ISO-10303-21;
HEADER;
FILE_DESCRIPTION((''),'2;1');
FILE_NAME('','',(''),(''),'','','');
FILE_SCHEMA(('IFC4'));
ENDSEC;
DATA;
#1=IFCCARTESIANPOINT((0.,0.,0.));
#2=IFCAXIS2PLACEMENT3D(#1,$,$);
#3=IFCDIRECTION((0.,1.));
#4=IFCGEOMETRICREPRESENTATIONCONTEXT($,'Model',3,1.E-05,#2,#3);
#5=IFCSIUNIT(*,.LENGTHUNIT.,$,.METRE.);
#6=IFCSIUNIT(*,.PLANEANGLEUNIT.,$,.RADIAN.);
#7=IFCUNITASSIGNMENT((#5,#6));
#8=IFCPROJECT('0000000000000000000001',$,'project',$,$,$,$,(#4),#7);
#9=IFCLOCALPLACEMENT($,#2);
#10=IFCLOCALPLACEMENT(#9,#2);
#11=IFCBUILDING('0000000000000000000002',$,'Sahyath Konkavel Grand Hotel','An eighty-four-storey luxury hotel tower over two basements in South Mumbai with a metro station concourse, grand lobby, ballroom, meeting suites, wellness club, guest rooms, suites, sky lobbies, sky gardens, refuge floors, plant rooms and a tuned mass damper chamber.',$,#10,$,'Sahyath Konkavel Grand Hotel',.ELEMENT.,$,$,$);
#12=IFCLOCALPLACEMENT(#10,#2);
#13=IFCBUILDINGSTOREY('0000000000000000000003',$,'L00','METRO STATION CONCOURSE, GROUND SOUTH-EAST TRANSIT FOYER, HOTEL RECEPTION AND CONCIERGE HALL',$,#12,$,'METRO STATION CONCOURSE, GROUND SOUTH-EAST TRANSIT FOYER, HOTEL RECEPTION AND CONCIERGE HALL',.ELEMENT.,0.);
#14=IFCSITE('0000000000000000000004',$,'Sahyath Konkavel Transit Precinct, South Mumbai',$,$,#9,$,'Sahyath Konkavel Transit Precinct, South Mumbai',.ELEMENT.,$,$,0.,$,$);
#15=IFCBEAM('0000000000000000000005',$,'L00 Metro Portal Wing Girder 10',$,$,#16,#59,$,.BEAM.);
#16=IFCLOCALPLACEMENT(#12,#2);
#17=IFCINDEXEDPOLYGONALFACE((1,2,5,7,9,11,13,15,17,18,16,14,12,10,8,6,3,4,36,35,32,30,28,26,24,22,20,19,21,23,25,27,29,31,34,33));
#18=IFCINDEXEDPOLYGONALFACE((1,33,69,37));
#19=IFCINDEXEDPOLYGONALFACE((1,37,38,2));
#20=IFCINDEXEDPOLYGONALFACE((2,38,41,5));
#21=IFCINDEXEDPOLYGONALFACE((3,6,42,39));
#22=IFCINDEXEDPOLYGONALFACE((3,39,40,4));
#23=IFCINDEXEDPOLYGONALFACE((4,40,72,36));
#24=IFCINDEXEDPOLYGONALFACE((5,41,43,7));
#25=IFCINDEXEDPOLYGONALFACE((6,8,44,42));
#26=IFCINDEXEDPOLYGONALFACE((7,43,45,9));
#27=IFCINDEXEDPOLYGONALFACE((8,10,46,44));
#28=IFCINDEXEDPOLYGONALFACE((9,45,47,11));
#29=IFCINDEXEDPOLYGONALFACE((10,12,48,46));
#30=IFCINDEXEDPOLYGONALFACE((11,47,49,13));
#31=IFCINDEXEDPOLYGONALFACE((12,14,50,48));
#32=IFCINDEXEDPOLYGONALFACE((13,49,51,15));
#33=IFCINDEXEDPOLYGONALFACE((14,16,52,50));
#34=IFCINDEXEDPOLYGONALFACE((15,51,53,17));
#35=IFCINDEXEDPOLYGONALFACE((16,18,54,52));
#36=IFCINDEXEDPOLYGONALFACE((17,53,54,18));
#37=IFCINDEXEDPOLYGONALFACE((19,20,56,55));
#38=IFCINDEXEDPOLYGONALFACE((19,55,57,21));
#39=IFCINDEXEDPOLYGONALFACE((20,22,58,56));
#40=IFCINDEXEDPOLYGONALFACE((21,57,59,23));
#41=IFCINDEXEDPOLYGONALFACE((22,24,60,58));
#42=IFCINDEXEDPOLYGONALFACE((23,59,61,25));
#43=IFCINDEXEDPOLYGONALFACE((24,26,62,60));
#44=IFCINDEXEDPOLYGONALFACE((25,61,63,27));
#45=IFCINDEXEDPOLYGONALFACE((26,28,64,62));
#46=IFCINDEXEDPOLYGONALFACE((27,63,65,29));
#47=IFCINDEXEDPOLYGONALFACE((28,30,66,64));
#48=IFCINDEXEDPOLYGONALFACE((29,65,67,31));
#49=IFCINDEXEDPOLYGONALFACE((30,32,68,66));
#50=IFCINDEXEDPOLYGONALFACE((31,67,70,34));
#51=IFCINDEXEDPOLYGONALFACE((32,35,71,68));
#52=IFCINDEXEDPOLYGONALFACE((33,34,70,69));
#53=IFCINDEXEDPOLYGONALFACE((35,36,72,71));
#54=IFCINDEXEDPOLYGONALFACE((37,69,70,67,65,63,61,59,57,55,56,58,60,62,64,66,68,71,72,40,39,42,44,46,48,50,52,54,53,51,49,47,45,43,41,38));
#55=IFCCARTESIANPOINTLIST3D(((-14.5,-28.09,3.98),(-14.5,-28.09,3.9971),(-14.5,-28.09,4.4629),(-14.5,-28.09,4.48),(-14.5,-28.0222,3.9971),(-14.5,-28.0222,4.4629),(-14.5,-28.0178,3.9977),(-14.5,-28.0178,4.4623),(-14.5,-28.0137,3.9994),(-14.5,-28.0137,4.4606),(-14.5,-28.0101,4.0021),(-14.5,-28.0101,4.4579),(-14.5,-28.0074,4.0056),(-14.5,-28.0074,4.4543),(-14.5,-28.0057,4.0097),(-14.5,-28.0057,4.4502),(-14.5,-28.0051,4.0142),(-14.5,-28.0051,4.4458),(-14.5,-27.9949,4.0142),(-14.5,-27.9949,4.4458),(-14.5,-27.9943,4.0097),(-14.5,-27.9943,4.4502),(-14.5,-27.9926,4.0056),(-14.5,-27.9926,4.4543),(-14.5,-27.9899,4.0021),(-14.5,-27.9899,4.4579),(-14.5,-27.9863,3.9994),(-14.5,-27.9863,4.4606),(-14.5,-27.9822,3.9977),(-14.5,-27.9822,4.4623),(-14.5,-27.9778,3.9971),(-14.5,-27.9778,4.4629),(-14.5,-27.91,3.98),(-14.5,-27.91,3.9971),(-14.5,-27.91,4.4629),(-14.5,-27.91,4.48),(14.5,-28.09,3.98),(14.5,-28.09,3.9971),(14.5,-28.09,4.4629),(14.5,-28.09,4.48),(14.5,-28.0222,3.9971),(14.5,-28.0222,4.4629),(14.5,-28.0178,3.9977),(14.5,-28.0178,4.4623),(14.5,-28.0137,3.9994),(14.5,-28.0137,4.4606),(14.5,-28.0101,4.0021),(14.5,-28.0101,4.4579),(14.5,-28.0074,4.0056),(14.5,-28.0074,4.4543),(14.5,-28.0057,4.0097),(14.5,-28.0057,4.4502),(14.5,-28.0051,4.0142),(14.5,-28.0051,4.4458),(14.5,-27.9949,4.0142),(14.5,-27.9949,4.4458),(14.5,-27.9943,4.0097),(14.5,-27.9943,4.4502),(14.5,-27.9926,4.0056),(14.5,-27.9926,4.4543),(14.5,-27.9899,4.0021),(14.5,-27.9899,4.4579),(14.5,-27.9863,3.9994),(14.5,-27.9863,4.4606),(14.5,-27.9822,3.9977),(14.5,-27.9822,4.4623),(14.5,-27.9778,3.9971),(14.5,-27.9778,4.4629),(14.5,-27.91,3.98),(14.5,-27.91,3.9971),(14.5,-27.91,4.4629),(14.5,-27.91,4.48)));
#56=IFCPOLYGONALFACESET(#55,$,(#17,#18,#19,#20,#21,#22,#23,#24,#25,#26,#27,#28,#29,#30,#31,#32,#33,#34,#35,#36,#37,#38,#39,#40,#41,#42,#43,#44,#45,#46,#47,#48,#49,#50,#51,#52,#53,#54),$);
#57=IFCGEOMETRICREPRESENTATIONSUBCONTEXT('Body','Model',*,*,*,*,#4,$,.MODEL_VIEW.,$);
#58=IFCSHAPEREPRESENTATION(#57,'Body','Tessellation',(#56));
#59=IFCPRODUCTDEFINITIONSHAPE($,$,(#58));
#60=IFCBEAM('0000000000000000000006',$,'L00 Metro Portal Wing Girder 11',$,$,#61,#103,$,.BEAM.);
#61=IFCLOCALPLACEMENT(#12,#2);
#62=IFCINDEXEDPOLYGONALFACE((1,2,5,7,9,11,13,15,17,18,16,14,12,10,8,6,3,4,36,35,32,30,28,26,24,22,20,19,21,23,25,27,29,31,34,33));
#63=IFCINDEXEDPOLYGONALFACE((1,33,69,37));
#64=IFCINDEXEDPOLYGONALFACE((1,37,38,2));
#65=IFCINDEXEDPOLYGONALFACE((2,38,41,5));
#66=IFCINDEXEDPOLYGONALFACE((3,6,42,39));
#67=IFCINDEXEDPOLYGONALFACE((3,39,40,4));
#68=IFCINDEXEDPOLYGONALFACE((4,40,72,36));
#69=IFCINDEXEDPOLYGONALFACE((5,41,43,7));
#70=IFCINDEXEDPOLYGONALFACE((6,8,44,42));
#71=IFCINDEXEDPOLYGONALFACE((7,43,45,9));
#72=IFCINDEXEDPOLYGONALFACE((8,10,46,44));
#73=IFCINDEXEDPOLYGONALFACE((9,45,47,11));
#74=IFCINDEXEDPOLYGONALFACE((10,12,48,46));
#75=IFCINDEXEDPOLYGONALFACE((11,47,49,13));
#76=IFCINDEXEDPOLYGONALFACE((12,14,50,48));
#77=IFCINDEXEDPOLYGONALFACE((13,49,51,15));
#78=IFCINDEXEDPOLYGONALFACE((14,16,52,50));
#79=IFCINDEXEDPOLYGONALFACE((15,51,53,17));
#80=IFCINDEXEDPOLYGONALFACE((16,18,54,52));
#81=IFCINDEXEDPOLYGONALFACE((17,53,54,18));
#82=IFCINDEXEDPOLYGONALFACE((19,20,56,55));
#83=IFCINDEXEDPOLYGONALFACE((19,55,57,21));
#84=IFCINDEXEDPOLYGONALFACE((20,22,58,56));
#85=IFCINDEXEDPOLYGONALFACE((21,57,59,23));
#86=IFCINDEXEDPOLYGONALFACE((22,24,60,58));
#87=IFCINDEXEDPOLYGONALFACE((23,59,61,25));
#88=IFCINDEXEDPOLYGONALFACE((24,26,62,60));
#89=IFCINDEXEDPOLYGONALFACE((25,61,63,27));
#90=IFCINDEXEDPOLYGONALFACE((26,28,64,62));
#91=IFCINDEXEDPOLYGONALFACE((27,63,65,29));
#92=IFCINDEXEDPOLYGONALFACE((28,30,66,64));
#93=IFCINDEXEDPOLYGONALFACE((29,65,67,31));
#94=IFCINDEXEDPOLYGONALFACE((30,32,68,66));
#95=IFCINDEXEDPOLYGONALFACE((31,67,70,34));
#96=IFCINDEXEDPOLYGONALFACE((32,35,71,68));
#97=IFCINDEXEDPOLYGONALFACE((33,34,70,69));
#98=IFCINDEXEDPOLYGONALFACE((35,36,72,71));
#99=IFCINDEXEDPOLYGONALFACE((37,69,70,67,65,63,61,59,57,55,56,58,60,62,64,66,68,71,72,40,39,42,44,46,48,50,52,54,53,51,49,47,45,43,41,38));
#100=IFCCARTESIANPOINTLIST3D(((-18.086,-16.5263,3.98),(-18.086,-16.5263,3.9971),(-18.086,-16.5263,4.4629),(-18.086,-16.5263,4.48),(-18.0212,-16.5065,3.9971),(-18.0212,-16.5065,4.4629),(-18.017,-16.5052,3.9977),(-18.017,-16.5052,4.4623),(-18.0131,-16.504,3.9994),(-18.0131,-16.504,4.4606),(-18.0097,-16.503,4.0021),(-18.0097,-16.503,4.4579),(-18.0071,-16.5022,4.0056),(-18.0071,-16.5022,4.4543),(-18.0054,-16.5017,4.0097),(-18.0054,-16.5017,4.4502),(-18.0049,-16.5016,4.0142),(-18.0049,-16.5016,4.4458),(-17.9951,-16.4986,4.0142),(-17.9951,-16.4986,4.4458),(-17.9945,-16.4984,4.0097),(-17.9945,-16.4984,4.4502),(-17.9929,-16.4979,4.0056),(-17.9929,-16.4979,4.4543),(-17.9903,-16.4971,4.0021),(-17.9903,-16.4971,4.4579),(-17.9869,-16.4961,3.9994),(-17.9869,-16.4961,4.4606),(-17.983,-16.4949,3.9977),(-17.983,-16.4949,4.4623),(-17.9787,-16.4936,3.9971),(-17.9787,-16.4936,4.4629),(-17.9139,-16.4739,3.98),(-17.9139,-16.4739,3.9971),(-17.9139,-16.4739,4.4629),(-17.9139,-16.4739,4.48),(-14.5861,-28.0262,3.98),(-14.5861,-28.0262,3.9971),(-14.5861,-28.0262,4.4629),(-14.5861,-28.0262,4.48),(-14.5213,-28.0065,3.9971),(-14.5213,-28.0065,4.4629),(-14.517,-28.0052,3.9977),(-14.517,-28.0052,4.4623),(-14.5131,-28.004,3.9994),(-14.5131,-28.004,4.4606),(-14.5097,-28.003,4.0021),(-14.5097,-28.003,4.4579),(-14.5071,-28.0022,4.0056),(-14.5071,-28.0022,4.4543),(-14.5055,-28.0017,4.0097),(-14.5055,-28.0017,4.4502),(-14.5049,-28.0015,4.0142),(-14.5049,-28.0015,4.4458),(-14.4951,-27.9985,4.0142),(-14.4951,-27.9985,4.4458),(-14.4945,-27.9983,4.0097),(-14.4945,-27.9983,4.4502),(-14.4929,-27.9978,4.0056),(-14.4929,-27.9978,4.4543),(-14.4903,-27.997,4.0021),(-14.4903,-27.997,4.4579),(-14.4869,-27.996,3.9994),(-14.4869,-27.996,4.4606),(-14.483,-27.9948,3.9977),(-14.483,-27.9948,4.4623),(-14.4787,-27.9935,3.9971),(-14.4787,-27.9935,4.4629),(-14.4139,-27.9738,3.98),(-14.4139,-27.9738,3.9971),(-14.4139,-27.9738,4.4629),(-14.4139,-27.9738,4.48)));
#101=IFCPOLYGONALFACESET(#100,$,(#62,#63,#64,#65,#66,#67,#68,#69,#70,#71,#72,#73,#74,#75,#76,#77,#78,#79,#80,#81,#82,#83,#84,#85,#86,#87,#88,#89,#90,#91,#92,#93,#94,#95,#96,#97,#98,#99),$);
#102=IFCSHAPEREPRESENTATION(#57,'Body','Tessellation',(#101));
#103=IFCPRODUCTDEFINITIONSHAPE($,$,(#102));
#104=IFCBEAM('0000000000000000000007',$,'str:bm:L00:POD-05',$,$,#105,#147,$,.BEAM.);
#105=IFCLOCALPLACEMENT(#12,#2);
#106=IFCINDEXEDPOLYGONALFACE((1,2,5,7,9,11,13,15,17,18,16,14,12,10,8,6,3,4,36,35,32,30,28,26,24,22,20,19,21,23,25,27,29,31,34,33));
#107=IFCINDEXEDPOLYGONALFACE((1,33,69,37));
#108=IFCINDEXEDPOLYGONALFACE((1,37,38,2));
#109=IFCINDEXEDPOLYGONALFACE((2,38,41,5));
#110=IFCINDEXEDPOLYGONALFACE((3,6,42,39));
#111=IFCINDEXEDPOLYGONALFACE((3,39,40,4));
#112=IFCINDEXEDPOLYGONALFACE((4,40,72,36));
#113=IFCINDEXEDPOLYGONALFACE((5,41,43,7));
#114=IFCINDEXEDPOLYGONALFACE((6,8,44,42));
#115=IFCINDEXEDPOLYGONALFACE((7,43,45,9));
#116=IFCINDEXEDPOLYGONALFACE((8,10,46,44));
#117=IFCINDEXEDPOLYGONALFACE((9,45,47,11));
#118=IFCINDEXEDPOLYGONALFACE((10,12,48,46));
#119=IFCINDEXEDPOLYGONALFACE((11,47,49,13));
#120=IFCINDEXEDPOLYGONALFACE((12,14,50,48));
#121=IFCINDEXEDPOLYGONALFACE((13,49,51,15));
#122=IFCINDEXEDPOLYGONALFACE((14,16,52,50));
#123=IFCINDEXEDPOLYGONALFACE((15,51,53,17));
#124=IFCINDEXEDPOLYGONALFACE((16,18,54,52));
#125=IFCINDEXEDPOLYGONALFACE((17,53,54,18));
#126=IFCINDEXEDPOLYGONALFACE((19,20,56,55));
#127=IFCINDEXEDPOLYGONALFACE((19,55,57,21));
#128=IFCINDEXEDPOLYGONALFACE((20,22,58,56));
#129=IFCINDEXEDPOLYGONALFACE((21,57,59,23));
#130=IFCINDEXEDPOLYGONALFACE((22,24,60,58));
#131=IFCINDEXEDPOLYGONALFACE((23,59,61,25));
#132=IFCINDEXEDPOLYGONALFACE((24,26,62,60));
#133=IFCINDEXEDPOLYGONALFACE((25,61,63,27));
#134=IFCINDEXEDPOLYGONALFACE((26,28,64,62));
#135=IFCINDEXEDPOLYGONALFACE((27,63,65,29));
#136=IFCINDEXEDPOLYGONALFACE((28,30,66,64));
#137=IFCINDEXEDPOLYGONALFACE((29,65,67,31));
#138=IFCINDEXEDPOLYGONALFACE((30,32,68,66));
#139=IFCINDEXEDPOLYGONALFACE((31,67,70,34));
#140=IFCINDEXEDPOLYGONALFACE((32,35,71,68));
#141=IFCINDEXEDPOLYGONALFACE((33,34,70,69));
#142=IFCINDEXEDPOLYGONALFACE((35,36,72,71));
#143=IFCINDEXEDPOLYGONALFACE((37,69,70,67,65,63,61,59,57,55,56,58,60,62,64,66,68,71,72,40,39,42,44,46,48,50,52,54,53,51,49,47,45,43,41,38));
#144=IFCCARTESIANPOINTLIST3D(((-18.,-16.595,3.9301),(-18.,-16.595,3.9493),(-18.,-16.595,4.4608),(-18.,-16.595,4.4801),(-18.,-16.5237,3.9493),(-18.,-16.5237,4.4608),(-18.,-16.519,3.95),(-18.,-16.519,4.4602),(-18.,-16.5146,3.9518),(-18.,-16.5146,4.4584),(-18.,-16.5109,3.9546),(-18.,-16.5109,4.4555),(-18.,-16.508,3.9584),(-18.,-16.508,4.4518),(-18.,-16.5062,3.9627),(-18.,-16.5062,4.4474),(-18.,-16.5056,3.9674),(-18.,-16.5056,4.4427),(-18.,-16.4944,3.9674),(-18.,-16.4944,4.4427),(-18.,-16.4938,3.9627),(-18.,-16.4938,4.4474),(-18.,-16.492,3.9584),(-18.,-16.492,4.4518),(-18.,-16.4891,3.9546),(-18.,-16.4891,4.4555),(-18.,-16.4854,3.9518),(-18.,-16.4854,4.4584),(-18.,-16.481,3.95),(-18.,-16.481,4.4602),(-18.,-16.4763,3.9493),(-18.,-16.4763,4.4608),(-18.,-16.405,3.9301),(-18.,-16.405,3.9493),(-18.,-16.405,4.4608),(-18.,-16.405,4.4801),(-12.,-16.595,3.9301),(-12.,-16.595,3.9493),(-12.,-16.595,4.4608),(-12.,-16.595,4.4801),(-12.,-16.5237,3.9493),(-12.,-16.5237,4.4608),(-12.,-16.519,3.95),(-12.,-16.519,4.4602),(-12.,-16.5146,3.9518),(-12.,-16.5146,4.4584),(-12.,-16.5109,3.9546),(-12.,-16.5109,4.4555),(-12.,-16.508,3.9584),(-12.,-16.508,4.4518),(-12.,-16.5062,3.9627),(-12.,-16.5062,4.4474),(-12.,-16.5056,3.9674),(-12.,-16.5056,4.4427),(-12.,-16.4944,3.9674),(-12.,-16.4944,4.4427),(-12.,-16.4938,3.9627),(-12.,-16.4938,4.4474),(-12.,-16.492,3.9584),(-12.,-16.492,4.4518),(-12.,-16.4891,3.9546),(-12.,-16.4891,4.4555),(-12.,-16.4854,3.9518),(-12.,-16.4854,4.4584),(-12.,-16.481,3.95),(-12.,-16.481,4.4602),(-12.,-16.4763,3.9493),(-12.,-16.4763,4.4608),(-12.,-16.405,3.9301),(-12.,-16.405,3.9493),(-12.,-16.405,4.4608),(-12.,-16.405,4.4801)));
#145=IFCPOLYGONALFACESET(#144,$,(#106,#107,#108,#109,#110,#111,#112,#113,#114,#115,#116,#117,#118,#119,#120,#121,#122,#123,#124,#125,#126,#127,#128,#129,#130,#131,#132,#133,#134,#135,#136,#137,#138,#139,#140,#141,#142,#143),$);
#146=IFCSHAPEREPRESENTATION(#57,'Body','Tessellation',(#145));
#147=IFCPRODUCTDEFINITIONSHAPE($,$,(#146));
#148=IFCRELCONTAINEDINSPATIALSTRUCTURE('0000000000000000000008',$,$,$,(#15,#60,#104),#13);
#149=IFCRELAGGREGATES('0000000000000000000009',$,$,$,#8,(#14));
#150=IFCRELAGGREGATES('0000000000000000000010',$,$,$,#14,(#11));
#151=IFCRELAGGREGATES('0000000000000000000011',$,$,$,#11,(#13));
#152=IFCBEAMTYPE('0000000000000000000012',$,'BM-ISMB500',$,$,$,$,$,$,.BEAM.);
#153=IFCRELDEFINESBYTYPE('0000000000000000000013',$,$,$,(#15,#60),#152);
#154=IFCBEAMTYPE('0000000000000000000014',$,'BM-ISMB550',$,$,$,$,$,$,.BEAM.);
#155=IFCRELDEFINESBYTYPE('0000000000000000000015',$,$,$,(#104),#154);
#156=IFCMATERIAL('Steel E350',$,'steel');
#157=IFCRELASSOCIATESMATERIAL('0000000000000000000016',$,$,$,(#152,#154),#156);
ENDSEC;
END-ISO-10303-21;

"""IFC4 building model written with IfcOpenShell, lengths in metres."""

from ifc_helpers import new_model, si_unit, direction, frame, origin, origin_2d, place, context, subcontext, project, spatial, i_section, extrude, source, transform, mapped, material, material_profile, profile_set, type_object, element, save


model = new_model("IFC4")

# Units and contexts
model_context = context("Model", 3, precision=1e-05, world=origin(), true_north=direction((0.0, 1.0)))
body_context = subcontext(model_context, "Body", "Model", "MODEL_VIEW")
ifc_project = project(units=[si_unit("LENGTHUNIT", "METRE"), si_unit("PLANEANGLEUNIT", "RADIAN")], contexts=[model_context])

# Site, building, storey
site_placement = place(None, origin())
site = spatial("IfcSite", under=ifc_project, at=site_placement, Name="Sahyath Konkavel Transit Precinct, South Mumbai", LongName="Sahyath Konkavel Transit Precinct, South Mumbai", CompositionType="ELEMENT", RefElevation=0.0)
building_placement = place(site_placement, origin())
building = spatial("IfcBuilding", under=site, at=building_placement, Name="Sahyath Konkavel Grand Hotel", Description="An eighty-four-storey luxury hotel tower over two basements in South Mumbai with a metro station concourse, grand lobby, ballroom, meeting suites, wellness club, guest rooms, suites, sky lobbies, sky gardens, refuge floors, plant rooms and a tuned mass damper chamber.", LongName="Sahyath Konkavel Grand Hotel", CompositionType="ELEMENT")
storey_placement = place(building_placement, origin())
storey = spatial("IfcBuildingStorey", under=building, at=storey_placement, Name="L00", Description="METRO STATION CONCOURSE, GROUND SOUTH-EAST TRANSIT FOYER, HOTEL RECEPTION AND CONCIERGE HALL", LongName="METRO STATION CONCOURSE, GROUND SOUTH-EAST TRANSIT FOYER, HOTEL RECEPTION AND CONCIERGE HALL", CompositionType="ELEMENT", Elevation=0.0)

# Shared definitions
ifc_material_1 = material(Name="Steel E350", Category="steel")

# Beams
ifc_material_profile_1 = material_profile(ifc_material_1, i_section(OverallWidth=0.1799, OverallDepth=0.5, WebThickness=0.0103, FlangeThickness=0.0171, FilletRadius=0.0171, at=origin_2d()), Name="ISMB 500")
ifc_profile_set_1 = profile_set([ifc_material_profile_1], Name="Steel E350")
beam_type_1 = type_object("IfcBeamType", Name="BM-ISMB500", PredefinedType="BEAM", material=ifc_profile_set_1)
shared_shape_1 = source(origin(), body_context, "Body", "SweptSolid", [
    extrude(i_section(OverallWidth=0.1799, OverallDepth=0.5, WebThickness=0.0103, FlangeThickness=0.0171, FilletRadius=0.0171, at=origin_2d()), origin(), (0.0, 0.0, 1.0), 29.0),
])
beam_1_placement = place(storey_placement, frame((-14.5, -28.0, 4.23), z_axis=(1.0, 0.0, 0.0), x_axis=(0.0, 1.0, 0.0)))
element("IfcBeam", 1, at=beam_1_placement, inside=storey, type_object=beam_type_1, Name="L00 Metro Portal Wing Girder 10", PredefinedType="BEAM", context=body_context, shape_type="MappedRepresentation", body=[
    mapped(shared_shape_1, transform((0.0, 0.0, 0.0), scale=1.0)),
])
shared_shape_2 = source(origin(), body_context, "Body", "SweptSolid", [
    extrude(i_section(OverallWidth=0.1799, OverallDepth=0.5, WebThickness=0.0103, FlangeThickness=0.0171, FilletRadius=0.0171, at=origin_2d()), origin(), (0.0, 0.0, 1.0), 12.0208),
])
beam_2_placement = place(storey_placement, frame((-14.5, -28.0, 4.23), z_axis=(-0.291162, 0.956674, 0.0), x_axis=(-0.956674, -0.291162, 0.0)))
element("IfcBeam", 2, at=beam_2_placement, inside=storey, type_object=beam_type_1, Name="L00 Metro Portal Wing Girder 11", PredefinedType="BEAM", context=body_context, shape_type="MappedRepresentation", body=[
    mapped(shared_shape_2, transform((0.0, 0.0, 0.0), scale=1.0)),
])
ifc_material_profile_2 = material_profile(ifc_material_1, i_section(OverallWidth=0.1899, OverallDepth=0.55, WebThickness=0.0112, FlangeThickness=0.0193, FilletRadius=0.0181, at=origin_2d()), Name="ISMB 550")
ifc_profile_set_2 = profile_set([ifc_material_profile_2], Name="Steel E350")
beam_type_2 = type_object("IfcBeamType", Name="BM-ISMB550", PredefinedType="BEAM", material=ifc_profile_set_2)
shared_shape_3 = source(origin(), body_context, "Body", "SweptSolid", [
    extrude(i_section(OverallWidth=0.1899, OverallDepth=0.55, WebThickness=0.0112, FlangeThickness=0.0193, FilletRadius=0.0181, at=origin_2d()), origin(), (0.0, 0.0, 1.0), 6.0),
])
beam_3_placement = place(storey_placement, frame((-18.0, -16.5, 4.2051), z_axis=(1.0, 0.0, 0.0), x_axis=(0.0, 1.0, 0.0)))
element("IfcBeam", 3, at=beam_3_placement, inside=storey, type_object=beam_type_2, Name="str:bm:L00:POD-05", PredefinedType="BEAM", context=body_context, shape_type="MappedRepresentation", body=[
    mapped(shared_shape_3, transform((0.0, 0.0, 0.0), scale=1.0)),
])

save(model, "model.ifc")
